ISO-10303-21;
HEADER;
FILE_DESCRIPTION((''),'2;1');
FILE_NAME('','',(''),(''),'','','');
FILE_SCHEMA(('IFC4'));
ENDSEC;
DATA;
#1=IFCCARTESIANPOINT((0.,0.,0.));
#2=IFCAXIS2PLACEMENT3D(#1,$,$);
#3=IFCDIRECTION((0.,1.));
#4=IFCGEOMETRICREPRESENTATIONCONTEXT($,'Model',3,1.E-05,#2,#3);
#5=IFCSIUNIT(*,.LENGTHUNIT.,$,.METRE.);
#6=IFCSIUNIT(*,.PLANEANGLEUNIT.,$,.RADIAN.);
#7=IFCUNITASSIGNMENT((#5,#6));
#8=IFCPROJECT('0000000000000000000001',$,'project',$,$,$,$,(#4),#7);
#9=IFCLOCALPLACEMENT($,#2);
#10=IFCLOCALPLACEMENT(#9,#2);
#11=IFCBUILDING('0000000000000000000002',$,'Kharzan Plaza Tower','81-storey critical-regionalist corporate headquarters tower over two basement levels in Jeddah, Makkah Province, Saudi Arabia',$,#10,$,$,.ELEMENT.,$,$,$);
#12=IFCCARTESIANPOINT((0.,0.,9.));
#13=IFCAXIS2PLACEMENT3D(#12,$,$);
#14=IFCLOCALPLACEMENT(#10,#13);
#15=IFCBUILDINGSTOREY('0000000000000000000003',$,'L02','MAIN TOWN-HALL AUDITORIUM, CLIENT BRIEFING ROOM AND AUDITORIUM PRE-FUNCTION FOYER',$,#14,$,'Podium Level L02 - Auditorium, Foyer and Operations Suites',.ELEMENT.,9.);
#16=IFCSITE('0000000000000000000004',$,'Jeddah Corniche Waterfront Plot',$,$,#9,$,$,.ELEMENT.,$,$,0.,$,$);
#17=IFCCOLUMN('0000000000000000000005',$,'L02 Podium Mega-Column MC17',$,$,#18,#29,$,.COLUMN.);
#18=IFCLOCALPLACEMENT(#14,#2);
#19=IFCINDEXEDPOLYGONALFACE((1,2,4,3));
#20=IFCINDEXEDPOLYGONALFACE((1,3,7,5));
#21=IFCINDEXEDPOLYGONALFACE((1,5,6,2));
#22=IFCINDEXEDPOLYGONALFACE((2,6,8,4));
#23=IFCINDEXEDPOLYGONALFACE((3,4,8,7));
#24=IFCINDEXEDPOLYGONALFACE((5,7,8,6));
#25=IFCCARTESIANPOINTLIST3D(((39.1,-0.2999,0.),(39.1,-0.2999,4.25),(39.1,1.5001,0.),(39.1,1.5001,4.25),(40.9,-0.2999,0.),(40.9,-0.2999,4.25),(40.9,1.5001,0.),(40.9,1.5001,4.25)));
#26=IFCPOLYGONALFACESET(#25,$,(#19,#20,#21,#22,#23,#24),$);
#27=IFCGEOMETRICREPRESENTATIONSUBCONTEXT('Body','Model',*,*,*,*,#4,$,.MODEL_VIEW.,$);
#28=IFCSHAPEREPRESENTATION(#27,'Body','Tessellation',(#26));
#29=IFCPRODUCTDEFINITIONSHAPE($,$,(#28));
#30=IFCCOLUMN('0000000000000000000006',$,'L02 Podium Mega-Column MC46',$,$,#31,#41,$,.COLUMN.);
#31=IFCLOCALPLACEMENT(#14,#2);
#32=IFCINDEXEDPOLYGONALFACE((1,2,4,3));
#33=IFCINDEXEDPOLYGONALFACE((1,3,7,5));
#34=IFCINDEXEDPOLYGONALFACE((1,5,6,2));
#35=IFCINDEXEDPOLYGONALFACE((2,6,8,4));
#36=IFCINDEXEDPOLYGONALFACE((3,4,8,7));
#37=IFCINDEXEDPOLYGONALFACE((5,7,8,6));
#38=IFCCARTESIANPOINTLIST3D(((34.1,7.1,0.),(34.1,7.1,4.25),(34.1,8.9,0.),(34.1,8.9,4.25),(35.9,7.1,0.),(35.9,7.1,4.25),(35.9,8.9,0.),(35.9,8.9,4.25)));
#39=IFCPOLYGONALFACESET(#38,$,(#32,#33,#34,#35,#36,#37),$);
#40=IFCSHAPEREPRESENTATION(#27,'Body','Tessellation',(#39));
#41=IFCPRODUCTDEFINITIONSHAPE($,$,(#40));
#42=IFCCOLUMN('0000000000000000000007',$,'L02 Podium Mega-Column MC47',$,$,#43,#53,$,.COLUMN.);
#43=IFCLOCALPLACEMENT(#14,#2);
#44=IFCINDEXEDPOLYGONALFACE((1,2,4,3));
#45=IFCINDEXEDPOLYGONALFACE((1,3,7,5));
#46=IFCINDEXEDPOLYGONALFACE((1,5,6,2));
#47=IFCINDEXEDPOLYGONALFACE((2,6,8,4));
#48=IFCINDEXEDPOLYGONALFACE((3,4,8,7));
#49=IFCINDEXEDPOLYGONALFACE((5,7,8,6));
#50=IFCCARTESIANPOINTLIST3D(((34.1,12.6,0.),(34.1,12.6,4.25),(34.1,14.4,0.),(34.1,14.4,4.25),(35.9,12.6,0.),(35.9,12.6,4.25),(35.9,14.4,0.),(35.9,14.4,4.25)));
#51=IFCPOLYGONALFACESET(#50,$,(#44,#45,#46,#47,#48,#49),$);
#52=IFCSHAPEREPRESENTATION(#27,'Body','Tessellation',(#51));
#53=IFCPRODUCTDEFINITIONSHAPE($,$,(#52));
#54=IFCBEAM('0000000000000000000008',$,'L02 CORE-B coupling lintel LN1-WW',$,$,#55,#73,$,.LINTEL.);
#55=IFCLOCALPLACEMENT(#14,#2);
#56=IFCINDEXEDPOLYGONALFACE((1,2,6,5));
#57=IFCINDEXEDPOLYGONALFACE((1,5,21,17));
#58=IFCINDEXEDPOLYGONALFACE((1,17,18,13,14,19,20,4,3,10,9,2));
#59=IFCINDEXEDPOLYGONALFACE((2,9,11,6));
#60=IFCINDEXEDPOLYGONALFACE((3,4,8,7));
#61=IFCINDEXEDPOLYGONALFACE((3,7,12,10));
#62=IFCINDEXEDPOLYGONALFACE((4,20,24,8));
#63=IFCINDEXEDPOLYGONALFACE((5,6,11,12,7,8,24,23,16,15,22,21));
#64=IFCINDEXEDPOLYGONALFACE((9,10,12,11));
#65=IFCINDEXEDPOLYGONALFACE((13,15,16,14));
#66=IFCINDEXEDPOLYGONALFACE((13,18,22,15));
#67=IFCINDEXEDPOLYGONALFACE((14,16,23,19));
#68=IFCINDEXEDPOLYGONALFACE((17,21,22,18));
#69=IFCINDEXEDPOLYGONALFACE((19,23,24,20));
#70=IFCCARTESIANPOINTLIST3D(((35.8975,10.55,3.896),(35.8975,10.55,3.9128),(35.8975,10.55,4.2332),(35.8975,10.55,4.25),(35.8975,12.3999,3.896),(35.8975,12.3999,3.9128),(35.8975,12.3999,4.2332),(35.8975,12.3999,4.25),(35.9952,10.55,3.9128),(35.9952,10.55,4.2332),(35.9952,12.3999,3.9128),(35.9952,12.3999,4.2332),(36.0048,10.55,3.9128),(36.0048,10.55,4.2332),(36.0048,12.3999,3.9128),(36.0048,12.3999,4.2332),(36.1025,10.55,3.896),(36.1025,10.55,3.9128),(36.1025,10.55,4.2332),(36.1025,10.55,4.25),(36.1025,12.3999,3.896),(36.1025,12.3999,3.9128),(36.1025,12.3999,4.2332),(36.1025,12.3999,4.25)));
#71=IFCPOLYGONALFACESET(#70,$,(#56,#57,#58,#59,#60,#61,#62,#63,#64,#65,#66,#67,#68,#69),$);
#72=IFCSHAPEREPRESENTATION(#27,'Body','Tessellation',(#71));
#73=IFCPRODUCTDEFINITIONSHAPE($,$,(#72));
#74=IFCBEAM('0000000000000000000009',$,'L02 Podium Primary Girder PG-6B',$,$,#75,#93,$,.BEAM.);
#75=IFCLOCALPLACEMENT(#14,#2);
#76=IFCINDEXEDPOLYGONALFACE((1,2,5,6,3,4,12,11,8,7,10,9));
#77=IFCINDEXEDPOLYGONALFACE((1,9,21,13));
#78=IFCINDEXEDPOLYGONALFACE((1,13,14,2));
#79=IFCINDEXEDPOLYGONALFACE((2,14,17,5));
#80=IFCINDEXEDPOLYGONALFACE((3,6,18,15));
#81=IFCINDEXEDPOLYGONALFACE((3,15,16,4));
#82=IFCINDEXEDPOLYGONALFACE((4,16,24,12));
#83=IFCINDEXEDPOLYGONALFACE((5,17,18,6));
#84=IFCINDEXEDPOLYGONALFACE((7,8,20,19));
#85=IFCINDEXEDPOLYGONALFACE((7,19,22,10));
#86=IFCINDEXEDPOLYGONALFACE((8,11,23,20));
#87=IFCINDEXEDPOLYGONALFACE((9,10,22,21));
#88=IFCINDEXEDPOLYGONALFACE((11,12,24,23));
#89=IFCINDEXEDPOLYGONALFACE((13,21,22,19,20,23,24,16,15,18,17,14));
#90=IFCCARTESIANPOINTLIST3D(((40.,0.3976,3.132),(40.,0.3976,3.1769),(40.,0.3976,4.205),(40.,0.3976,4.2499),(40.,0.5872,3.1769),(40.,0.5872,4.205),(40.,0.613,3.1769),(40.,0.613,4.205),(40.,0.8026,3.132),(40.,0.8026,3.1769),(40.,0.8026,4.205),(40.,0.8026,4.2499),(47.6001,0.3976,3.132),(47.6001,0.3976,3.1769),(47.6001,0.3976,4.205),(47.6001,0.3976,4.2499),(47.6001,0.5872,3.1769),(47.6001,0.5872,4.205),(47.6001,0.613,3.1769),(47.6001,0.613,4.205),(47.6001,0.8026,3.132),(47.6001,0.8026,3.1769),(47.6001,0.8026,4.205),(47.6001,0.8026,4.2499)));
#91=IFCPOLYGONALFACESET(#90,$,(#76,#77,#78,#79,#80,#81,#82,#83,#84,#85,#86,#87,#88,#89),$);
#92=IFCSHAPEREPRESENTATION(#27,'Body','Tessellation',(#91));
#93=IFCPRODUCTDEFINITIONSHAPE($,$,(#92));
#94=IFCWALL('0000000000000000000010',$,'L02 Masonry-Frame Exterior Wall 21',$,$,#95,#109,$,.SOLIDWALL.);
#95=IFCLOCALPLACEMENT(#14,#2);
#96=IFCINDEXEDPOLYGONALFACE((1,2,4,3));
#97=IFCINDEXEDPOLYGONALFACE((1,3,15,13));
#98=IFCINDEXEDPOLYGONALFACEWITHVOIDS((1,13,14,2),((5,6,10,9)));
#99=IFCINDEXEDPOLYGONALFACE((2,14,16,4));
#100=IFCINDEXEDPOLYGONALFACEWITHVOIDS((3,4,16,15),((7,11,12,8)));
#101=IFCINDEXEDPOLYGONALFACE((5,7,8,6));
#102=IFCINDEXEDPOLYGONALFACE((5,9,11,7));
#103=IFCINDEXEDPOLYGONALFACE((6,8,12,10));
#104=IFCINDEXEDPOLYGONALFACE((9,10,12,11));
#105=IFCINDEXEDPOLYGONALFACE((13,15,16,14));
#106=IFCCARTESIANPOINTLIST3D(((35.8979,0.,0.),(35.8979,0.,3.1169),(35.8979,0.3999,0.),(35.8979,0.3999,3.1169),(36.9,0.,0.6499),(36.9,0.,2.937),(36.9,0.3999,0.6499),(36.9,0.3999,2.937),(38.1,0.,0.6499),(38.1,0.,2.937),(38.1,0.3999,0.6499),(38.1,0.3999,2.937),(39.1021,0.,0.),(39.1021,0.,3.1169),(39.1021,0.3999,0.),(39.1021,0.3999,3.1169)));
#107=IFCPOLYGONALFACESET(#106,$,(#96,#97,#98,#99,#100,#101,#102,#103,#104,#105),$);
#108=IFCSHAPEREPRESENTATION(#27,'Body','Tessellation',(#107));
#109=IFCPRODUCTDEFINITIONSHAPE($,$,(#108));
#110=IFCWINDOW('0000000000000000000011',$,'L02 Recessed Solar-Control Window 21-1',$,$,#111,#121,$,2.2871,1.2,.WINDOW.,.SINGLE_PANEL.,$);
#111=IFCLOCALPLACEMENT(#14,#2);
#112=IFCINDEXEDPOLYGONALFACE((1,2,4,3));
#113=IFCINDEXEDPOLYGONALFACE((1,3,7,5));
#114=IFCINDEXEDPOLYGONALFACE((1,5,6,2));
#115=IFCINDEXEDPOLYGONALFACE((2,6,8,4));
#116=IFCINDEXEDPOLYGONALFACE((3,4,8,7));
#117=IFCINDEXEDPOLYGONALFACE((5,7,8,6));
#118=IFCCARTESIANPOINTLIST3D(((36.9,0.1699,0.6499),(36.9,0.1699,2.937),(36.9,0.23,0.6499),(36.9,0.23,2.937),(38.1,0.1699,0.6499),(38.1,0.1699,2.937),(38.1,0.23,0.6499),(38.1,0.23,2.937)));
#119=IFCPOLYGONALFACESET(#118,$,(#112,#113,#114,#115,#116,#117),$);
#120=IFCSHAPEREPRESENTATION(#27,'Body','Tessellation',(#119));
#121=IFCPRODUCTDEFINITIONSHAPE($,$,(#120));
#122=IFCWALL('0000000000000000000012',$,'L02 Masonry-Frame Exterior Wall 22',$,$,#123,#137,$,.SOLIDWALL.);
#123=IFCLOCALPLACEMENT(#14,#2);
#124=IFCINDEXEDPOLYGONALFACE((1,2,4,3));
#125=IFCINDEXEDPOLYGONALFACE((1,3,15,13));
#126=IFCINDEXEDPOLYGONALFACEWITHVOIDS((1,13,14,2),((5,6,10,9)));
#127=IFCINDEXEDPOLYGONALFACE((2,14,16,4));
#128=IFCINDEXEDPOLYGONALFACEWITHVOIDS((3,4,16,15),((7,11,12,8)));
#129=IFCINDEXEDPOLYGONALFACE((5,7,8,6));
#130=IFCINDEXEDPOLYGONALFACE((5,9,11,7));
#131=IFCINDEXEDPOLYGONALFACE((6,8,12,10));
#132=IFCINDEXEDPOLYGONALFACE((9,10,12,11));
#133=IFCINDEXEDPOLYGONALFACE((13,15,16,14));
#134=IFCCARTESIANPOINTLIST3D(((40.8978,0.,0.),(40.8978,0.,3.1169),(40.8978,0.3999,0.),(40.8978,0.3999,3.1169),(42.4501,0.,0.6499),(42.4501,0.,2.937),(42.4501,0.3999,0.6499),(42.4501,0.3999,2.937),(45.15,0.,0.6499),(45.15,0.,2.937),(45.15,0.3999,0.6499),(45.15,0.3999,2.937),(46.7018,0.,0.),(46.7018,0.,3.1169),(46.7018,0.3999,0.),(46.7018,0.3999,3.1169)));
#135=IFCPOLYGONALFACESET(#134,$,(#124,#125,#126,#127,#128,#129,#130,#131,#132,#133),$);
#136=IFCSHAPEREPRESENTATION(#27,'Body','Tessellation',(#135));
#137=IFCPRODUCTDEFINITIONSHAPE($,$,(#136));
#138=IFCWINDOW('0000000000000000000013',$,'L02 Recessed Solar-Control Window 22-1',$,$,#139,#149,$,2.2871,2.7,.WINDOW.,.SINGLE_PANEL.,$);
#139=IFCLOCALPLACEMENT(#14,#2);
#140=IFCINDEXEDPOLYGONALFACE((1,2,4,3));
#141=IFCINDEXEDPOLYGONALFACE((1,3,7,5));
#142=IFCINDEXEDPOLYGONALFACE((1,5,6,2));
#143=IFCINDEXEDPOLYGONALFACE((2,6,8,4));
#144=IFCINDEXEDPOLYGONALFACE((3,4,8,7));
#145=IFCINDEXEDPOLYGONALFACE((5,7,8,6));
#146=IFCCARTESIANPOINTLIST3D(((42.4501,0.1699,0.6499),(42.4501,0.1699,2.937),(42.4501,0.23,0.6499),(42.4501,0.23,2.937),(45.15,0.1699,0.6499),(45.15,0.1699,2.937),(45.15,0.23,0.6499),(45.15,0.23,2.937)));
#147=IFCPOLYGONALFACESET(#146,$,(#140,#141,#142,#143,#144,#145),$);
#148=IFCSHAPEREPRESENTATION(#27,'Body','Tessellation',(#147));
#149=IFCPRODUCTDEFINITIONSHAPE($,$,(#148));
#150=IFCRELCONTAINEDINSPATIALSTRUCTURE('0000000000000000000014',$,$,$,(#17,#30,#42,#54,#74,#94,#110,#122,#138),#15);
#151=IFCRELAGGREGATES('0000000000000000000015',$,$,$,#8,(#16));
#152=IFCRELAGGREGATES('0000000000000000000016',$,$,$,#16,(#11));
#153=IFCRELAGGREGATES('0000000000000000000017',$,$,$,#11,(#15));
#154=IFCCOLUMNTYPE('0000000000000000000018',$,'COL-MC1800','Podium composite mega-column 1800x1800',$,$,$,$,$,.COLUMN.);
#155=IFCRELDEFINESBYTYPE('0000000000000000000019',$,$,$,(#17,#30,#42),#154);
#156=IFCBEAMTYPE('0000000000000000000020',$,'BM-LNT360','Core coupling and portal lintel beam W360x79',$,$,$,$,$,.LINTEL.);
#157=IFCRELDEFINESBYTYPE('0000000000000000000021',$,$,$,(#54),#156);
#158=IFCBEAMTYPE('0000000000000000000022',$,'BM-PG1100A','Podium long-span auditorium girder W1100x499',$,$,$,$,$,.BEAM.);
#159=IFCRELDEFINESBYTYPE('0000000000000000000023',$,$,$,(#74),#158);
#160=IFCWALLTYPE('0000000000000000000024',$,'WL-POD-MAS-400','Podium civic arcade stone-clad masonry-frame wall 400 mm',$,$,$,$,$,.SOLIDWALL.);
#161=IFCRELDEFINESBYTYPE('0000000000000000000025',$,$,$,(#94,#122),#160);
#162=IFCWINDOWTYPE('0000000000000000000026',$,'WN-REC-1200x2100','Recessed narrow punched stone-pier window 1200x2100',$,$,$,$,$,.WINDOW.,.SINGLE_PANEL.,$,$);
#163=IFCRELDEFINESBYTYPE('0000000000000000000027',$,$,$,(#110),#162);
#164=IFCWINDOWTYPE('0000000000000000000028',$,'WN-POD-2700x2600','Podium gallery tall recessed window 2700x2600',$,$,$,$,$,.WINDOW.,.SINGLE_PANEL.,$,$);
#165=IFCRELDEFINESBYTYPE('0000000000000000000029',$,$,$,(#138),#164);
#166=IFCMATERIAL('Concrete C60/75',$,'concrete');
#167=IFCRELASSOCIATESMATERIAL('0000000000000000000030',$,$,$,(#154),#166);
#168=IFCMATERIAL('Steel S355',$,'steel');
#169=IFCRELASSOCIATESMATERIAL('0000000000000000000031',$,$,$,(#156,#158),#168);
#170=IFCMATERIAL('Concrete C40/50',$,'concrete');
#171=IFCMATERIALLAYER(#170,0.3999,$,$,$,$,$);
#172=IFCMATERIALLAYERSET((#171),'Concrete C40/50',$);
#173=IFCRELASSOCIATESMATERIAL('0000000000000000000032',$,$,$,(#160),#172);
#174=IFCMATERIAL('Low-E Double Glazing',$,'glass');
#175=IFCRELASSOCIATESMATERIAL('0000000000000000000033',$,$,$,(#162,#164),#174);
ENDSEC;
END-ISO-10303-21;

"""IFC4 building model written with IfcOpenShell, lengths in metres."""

from ifc_helpers import new_model, si_unit, direction, frame, frame_2d, origin, origin_2d, place, context, subcontext, project, spatial, rectangle, i_section, extrude, source, transform, mapped, material, layer, layer_set, material_profile, profile_set, type_object, element, fill, save


model = new_model("IFC4")

# Units and contexts
model_context = context("Model", 3, precision=1e-05, world=origin(), true_north=direction((0.0, 1.0)))
body_context = subcontext(model_context, "Body", "Model", "MODEL_VIEW")
ifc_project = project(units=[si_unit("LENGTHUNIT", "METRE"), si_unit("PLANEANGLEUNIT", "RADIAN")], contexts=[model_context])

# Site, building, storey
site_placement = place(None, origin())
site = spatial("IfcSite", under=ifc_project, at=site_placement, Name="Jeddah Corniche Waterfront Plot", CompositionType="ELEMENT", RefElevation=0.0)
building_placement = place(site_placement, origin())
building = spatial("IfcBuilding", under=site, at=building_placement, Name="Kharzan Plaza Tower", Description="81-storey critical-regionalist corporate headquarters tower over two basement levels in Jeddah, Makkah Province, Saudi Arabia", CompositionType="ELEMENT")
storey_placement = place(building_placement, frame((0.0, 0.0, 9.0)))
storey = spatial("IfcBuildingStorey", under=building, at=storey_placement, Name="L02", Description="MAIN TOWN-HALL AUDITORIUM, CLIENT BRIEFING ROOM AND AUDITORIUM PRE-FUNCTION FOYER", LongName="Podium Level L02 - Auditorium, Foyer and Operations Suites", CompositionType="ELEMENT", Elevation=9.0)

# Columns
ifc_material_1 = material(Name="Concrete C60/75", Category="concrete")
ifc_material_profile_1 = material_profile(ifc_material_1, rectangle(XDim=1.8, YDim=1.8, at=origin_2d()), Name="RC-MC1800x1800")
ifc_profile_set_1 = profile_set([ifc_material_profile_1], Name="Concrete C60/75")
column_type = type_object("IfcColumnType", Name="COL-MC1800", Description="Podium composite mega-column 1800x1800", PredefinedType="COLUMN", material=ifc_profile_set_1)
shared_shape_1 = source(origin(), body_context, "Body", "SweptSolid", [
    extrude(rectangle(XDim=1.8, YDim=1.8, at=origin_2d()), origin(), (0.0, 0.0, 1.0), 4.25),
])
for number, where, z_axis, x_axis, name in (
    (1, (40.0, 0.6001, 0.0), (0.0, 0.0, 1.0), (1.0, 0.0, 0.0), "L02 Podium Mega-Column MC17"),
    (2, (35.0, 8.0, 0.0), (0.0, 0.0, 1.0), (1.0, 0.0, 0.0), "L02 Podium Mega-Column MC46"),
    (3, (35.0, 13.5, 0.0), (0.0, 0.0, 1.0), (1.0, 0.0, 0.0), "L02 Podium Mega-Column MC47"),
):
    element("IfcColumn", number, at=place(storey_placement, frame(where, z_axis=z_axis, x_axis=x_axis)), inside=storey, type_object=column_type, Name=name, PredefinedType="COLUMN", context=body_context, shape_type="MappedRepresentation", body=[
        mapped(shared_shape_1, transform((0.0, 0.0, 0.0), x_axis=(1.0, 0.0, 0.0), y_axis=(0.0, 1.0, 0.0), z_axis=(0.0, 0.0, 1.0))),
    ])

# Beams
ifc_material_2 = material(Name="Steel S355", Category="steel")
ifc_material_profile_2 = material_profile(ifc_material_2, i_section(OverallWidth=0.2051, OverallDepth=0.354, WebThickness=0.0095, FlangeThickness=0.0168, at=origin_2d()), Name="W360x79")
ifc_profile_set_2 = profile_set([ifc_material_profile_2], Name="Steel S355")
beam_type_1 = type_object("IfcBeamType", Name="BM-LNT360", Description="Core coupling and portal lintel beam W360x79", PredefinedType="LINTEL", material=ifc_profile_set_2)
shared_shape_2 = source(origin(), body_context, "Body", "SweptSolid", [
    extrude(i_section(OverallWidth=0.2051, OverallDepth=0.354, WebThickness=0.0095, FlangeThickness=0.0168, at=origin_2d()), origin(), (0.0, 0.0, 1.0), 1.8499),
])
beam_1_placement = place(storey_placement, frame((36.0, 10.55, 4.073), z_axis=(0.0, 1.0, 0.0), x_axis=(-1.0, 0.0, 0.0)))
element("IfcBeam", 4, at=beam_1_placement, inside=storey, type_object=beam_type_1, Name="L02 CORE-B coupling lintel LN1-WW", PredefinedType="LINTEL", context=body_context, shape_type="MappedRepresentation", body=[
    mapped(shared_shape_2, transform((0.0, 0.0, 0.0), x_axis=(1.0, 0.0, 0.0), y_axis=(0.0, 1.0, 0.0), z_axis=(0.0, 0.0, 1.0))),
])
ifc_material_profile_3 = material_profile(ifc_material_2, i_section(OverallWidth=0.405, OverallDepth=1.1179, WebThickness=0.0259, FlangeThickness=0.0449, at=origin_2d()), Name="W1100x499")
ifc_profile_set_3 = profile_set([ifc_material_profile_3], Name="Steel S355")
beam_type_2 = type_object("IfcBeamType", Name="BM-PG1100A", Description="Podium long-span auditorium girder W1100x499", PredefinedType="BEAM", material=ifc_profile_set_3)
shared_shape_3 = source(origin(), body_context, "Body", "SweptSolid", [
    extrude(i_section(OverallWidth=0.405, OverallDepth=1.1179, WebThickness=0.0259, FlangeThickness=0.0449, at=origin_2d()), origin(), (0.0, 0.0, 1.0), 7.6001),
])
beam_2_placement = place(storey_placement, frame((40.0, 0.6001, 3.6909), z_axis=(1.0, 0.0, 0.0), x_axis=(0.0, 1.0, 0.0)))
element("IfcBeam", 5, at=beam_2_placement, inside=storey, type_object=beam_type_2, Name="L02 Podium Primary Girder PG-6B", PredefinedType="BEAM", context=body_context, shape_type="MappedRepresentation", body=[
    mapped(shared_shape_3, transform((0.0, 0.0, 0.0), x_axis=(1.0, 0.0, 0.0), y_axis=(0.0, 1.0, 0.0), z_axis=(0.0, 0.0, 1.0))),
])

# Walls, openings, windows
ifc_material_3 = material(Name="Concrete C40/50", Category="concrete")
ifc_layer_1 = layer(ifc_material_3, 0.3999)
ifc_layer_set_1 = layer_set([ifc_layer_1], Name="Concrete C40/50")
wall_type_1 = type_object("IfcWallType", Name="WL-POD-MAS-400", Description="Podium civic arcade stone-clad masonry-frame wall 400 mm", PredefinedType="SOLIDWALL", material=ifc_layer_set_1)
wall_1_placement = place(storey_placement, frame((35.8979, 0.2, 0.0), z_axis=(0.0, 0.0, 1.0), x_axis=(1.0, 0.0, 0.0)))
wall_1 = element("IfcWall", 6, at=wall_1_placement, inside=storey, type_object=wall_type_1, Name="L02 Masonry-Frame Exterior Wall 21", PredefinedType="SOLIDWALL", context=body_context, shape_type="SweptSolid", body=[
    extrude(rectangle(XDim=3.2041, YDim=0.3999, at=frame_2d((1.6021, 0.0))), origin(), (0.0, 0.0, 1.0), 3.1169),
])
opening_1_placement = place(wall_1_placement, frame((1.002, 0.0, 0.6499)))
opening_1 = element("IfcOpeningElement", 7, at=opening_1_placement, cuts=wall_1, PredefinedType="OPENING", context=body_context, shape_type="SweptSolid", body=[
    extrude(rectangle(XDim=1.2, YDim=2.2871, at=frame_2d((0.6001, 1.1436))), frame((0.0, 0.21, 0.0), z_axis=(0.0, -1.0, 0.0), x_axis=(1.0, 0.0, 0.0)), (0.0, 0.0, 1.0), 0.4199),
])
ifc_material_4 = material(Name="Low-E Double Glazing", Category="glass")
window_type_1 = type_object("IfcWindowType", Name="WN-REC-1200x2100", Description="Recessed narrow punched stone-pier window 1200x2100", PartitioningType="SINGLE_PANEL", PredefinedType="WINDOW", material=ifc_material_4)
shared_shape_4 = source(origin(), body_context, "Body", "SweptSolid", [
    extrude(rectangle(XDim=1.2, YDim=2.2871, at=frame_2d((0.6001, 1.1436))), frame((0.0, 0.03, 0.0), z_axis=(0.0, -1.0, 0.0), x_axis=(1.0, 0.0, 0.0)), (0.0, 0.0, 1.0), 0.0601),
])
window_1_placement = place(opening_1_placement, origin())
window_1 = element("IfcWindow", 8, at=window_1_placement, inside=storey, type_object=window_type_1, Name="L02 Recessed Solar-Control Window 21-1", OverallHeight=2.2871, OverallWidth=1.2, PartitioningType="SINGLE_PANEL", PredefinedType="WINDOW", context=body_context, shape_type="MappedRepresentation", body=[
    mapped(shared_shape_4, transform((0.0, 0.0, 0.0), x_axis=(1.0, 0.0, 0.0), y_axis=(0.0, 1.0, 0.0), z_axis=(0.0, 0.0, 1.0))),
])
fill(opening_1, window_1)
wall_2_placement = place(storey_placement, frame((40.8979, 0.2, 0.0), z_axis=(0.0, 0.0, 1.0), x_axis=(1.0, 0.0, 0.0)))
wall_2 = element("IfcWall", 9, at=wall_2_placement, inside=storey, type_object=wall_type_1, Name="L02 Masonry-Frame Exterior Wall 22", PredefinedType="SOLIDWALL", context=body_context, shape_type="SweptSolid", body=[
    extrude(rectangle(XDim=5.804, YDim=0.3999, at=frame_2d((2.9019, 0.0))), origin(), (0.0, 0.0, 1.0), 3.1169),
])
opening_2_placement = place(wall_2_placement, frame((1.552, 0.0, 0.6499)))
opening_2 = element("IfcOpeningElement", 10, at=opening_2_placement, cuts=wall_2, PredefinedType="OPENING", context=body_context, shape_type="SweptSolid", body=[
    extrude(rectangle(XDim=2.7, YDim=2.2871, at=frame_2d((1.3501, 1.1436))), frame((0.0, 0.21, 0.0), z_axis=(0.0, -1.0, 0.0), x_axis=(1.0, 0.0, 0.0)), (0.0, 0.0, 1.0), 0.4199),
])
window_type_2 = type_object("IfcWindowType", Name="WN-POD-2700x2600", Description="Podium gallery tall recessed window 2700x2600", PartitioningType="SINGLE_PANEL", PredefinedType="WINDOW", material=ifc_material_4)
shared_shape_5 = source(origin(), body_context, "Body", "SweptSolid", [
    extrude(rectangle(XDim=2.7, YDim=2.2871, at=frame_2d((1.3501, 1.1436))), frame((0.0, 0.03, 0.0), z_axis=(0.0, -1.0, 0.0), x_axis=(1.0, 0.0, 0.0)), (0.0, 0.0, 1.0), 0.0601),
])
window_2_placement = place(opening_2_placement, origin())
window_2 = element("IfcWindow", 11, at=window_2_placement, inside=storey, type_object=window_type_2, Name="L02 Recessed Solar-Control Window 22-1", OverallHeight=2.2871, OverallWidth=2.7, PartitioningType="SINGLE_PANEL", PredefinedType="WINDOW", context=body_context, shape_type="MappedRepresentation", body=[
    mapped(shared_shape_5, transform((0.0, 0.0, 0.0), x_axis=(1.0, 0.0, 0.0), y_axis=(0.0, 1.0, 0.0), z_axis=(0.0, 0.0, 1.0))),
])
fill(opening_2, window_2)

save(model, "model.ifc")
